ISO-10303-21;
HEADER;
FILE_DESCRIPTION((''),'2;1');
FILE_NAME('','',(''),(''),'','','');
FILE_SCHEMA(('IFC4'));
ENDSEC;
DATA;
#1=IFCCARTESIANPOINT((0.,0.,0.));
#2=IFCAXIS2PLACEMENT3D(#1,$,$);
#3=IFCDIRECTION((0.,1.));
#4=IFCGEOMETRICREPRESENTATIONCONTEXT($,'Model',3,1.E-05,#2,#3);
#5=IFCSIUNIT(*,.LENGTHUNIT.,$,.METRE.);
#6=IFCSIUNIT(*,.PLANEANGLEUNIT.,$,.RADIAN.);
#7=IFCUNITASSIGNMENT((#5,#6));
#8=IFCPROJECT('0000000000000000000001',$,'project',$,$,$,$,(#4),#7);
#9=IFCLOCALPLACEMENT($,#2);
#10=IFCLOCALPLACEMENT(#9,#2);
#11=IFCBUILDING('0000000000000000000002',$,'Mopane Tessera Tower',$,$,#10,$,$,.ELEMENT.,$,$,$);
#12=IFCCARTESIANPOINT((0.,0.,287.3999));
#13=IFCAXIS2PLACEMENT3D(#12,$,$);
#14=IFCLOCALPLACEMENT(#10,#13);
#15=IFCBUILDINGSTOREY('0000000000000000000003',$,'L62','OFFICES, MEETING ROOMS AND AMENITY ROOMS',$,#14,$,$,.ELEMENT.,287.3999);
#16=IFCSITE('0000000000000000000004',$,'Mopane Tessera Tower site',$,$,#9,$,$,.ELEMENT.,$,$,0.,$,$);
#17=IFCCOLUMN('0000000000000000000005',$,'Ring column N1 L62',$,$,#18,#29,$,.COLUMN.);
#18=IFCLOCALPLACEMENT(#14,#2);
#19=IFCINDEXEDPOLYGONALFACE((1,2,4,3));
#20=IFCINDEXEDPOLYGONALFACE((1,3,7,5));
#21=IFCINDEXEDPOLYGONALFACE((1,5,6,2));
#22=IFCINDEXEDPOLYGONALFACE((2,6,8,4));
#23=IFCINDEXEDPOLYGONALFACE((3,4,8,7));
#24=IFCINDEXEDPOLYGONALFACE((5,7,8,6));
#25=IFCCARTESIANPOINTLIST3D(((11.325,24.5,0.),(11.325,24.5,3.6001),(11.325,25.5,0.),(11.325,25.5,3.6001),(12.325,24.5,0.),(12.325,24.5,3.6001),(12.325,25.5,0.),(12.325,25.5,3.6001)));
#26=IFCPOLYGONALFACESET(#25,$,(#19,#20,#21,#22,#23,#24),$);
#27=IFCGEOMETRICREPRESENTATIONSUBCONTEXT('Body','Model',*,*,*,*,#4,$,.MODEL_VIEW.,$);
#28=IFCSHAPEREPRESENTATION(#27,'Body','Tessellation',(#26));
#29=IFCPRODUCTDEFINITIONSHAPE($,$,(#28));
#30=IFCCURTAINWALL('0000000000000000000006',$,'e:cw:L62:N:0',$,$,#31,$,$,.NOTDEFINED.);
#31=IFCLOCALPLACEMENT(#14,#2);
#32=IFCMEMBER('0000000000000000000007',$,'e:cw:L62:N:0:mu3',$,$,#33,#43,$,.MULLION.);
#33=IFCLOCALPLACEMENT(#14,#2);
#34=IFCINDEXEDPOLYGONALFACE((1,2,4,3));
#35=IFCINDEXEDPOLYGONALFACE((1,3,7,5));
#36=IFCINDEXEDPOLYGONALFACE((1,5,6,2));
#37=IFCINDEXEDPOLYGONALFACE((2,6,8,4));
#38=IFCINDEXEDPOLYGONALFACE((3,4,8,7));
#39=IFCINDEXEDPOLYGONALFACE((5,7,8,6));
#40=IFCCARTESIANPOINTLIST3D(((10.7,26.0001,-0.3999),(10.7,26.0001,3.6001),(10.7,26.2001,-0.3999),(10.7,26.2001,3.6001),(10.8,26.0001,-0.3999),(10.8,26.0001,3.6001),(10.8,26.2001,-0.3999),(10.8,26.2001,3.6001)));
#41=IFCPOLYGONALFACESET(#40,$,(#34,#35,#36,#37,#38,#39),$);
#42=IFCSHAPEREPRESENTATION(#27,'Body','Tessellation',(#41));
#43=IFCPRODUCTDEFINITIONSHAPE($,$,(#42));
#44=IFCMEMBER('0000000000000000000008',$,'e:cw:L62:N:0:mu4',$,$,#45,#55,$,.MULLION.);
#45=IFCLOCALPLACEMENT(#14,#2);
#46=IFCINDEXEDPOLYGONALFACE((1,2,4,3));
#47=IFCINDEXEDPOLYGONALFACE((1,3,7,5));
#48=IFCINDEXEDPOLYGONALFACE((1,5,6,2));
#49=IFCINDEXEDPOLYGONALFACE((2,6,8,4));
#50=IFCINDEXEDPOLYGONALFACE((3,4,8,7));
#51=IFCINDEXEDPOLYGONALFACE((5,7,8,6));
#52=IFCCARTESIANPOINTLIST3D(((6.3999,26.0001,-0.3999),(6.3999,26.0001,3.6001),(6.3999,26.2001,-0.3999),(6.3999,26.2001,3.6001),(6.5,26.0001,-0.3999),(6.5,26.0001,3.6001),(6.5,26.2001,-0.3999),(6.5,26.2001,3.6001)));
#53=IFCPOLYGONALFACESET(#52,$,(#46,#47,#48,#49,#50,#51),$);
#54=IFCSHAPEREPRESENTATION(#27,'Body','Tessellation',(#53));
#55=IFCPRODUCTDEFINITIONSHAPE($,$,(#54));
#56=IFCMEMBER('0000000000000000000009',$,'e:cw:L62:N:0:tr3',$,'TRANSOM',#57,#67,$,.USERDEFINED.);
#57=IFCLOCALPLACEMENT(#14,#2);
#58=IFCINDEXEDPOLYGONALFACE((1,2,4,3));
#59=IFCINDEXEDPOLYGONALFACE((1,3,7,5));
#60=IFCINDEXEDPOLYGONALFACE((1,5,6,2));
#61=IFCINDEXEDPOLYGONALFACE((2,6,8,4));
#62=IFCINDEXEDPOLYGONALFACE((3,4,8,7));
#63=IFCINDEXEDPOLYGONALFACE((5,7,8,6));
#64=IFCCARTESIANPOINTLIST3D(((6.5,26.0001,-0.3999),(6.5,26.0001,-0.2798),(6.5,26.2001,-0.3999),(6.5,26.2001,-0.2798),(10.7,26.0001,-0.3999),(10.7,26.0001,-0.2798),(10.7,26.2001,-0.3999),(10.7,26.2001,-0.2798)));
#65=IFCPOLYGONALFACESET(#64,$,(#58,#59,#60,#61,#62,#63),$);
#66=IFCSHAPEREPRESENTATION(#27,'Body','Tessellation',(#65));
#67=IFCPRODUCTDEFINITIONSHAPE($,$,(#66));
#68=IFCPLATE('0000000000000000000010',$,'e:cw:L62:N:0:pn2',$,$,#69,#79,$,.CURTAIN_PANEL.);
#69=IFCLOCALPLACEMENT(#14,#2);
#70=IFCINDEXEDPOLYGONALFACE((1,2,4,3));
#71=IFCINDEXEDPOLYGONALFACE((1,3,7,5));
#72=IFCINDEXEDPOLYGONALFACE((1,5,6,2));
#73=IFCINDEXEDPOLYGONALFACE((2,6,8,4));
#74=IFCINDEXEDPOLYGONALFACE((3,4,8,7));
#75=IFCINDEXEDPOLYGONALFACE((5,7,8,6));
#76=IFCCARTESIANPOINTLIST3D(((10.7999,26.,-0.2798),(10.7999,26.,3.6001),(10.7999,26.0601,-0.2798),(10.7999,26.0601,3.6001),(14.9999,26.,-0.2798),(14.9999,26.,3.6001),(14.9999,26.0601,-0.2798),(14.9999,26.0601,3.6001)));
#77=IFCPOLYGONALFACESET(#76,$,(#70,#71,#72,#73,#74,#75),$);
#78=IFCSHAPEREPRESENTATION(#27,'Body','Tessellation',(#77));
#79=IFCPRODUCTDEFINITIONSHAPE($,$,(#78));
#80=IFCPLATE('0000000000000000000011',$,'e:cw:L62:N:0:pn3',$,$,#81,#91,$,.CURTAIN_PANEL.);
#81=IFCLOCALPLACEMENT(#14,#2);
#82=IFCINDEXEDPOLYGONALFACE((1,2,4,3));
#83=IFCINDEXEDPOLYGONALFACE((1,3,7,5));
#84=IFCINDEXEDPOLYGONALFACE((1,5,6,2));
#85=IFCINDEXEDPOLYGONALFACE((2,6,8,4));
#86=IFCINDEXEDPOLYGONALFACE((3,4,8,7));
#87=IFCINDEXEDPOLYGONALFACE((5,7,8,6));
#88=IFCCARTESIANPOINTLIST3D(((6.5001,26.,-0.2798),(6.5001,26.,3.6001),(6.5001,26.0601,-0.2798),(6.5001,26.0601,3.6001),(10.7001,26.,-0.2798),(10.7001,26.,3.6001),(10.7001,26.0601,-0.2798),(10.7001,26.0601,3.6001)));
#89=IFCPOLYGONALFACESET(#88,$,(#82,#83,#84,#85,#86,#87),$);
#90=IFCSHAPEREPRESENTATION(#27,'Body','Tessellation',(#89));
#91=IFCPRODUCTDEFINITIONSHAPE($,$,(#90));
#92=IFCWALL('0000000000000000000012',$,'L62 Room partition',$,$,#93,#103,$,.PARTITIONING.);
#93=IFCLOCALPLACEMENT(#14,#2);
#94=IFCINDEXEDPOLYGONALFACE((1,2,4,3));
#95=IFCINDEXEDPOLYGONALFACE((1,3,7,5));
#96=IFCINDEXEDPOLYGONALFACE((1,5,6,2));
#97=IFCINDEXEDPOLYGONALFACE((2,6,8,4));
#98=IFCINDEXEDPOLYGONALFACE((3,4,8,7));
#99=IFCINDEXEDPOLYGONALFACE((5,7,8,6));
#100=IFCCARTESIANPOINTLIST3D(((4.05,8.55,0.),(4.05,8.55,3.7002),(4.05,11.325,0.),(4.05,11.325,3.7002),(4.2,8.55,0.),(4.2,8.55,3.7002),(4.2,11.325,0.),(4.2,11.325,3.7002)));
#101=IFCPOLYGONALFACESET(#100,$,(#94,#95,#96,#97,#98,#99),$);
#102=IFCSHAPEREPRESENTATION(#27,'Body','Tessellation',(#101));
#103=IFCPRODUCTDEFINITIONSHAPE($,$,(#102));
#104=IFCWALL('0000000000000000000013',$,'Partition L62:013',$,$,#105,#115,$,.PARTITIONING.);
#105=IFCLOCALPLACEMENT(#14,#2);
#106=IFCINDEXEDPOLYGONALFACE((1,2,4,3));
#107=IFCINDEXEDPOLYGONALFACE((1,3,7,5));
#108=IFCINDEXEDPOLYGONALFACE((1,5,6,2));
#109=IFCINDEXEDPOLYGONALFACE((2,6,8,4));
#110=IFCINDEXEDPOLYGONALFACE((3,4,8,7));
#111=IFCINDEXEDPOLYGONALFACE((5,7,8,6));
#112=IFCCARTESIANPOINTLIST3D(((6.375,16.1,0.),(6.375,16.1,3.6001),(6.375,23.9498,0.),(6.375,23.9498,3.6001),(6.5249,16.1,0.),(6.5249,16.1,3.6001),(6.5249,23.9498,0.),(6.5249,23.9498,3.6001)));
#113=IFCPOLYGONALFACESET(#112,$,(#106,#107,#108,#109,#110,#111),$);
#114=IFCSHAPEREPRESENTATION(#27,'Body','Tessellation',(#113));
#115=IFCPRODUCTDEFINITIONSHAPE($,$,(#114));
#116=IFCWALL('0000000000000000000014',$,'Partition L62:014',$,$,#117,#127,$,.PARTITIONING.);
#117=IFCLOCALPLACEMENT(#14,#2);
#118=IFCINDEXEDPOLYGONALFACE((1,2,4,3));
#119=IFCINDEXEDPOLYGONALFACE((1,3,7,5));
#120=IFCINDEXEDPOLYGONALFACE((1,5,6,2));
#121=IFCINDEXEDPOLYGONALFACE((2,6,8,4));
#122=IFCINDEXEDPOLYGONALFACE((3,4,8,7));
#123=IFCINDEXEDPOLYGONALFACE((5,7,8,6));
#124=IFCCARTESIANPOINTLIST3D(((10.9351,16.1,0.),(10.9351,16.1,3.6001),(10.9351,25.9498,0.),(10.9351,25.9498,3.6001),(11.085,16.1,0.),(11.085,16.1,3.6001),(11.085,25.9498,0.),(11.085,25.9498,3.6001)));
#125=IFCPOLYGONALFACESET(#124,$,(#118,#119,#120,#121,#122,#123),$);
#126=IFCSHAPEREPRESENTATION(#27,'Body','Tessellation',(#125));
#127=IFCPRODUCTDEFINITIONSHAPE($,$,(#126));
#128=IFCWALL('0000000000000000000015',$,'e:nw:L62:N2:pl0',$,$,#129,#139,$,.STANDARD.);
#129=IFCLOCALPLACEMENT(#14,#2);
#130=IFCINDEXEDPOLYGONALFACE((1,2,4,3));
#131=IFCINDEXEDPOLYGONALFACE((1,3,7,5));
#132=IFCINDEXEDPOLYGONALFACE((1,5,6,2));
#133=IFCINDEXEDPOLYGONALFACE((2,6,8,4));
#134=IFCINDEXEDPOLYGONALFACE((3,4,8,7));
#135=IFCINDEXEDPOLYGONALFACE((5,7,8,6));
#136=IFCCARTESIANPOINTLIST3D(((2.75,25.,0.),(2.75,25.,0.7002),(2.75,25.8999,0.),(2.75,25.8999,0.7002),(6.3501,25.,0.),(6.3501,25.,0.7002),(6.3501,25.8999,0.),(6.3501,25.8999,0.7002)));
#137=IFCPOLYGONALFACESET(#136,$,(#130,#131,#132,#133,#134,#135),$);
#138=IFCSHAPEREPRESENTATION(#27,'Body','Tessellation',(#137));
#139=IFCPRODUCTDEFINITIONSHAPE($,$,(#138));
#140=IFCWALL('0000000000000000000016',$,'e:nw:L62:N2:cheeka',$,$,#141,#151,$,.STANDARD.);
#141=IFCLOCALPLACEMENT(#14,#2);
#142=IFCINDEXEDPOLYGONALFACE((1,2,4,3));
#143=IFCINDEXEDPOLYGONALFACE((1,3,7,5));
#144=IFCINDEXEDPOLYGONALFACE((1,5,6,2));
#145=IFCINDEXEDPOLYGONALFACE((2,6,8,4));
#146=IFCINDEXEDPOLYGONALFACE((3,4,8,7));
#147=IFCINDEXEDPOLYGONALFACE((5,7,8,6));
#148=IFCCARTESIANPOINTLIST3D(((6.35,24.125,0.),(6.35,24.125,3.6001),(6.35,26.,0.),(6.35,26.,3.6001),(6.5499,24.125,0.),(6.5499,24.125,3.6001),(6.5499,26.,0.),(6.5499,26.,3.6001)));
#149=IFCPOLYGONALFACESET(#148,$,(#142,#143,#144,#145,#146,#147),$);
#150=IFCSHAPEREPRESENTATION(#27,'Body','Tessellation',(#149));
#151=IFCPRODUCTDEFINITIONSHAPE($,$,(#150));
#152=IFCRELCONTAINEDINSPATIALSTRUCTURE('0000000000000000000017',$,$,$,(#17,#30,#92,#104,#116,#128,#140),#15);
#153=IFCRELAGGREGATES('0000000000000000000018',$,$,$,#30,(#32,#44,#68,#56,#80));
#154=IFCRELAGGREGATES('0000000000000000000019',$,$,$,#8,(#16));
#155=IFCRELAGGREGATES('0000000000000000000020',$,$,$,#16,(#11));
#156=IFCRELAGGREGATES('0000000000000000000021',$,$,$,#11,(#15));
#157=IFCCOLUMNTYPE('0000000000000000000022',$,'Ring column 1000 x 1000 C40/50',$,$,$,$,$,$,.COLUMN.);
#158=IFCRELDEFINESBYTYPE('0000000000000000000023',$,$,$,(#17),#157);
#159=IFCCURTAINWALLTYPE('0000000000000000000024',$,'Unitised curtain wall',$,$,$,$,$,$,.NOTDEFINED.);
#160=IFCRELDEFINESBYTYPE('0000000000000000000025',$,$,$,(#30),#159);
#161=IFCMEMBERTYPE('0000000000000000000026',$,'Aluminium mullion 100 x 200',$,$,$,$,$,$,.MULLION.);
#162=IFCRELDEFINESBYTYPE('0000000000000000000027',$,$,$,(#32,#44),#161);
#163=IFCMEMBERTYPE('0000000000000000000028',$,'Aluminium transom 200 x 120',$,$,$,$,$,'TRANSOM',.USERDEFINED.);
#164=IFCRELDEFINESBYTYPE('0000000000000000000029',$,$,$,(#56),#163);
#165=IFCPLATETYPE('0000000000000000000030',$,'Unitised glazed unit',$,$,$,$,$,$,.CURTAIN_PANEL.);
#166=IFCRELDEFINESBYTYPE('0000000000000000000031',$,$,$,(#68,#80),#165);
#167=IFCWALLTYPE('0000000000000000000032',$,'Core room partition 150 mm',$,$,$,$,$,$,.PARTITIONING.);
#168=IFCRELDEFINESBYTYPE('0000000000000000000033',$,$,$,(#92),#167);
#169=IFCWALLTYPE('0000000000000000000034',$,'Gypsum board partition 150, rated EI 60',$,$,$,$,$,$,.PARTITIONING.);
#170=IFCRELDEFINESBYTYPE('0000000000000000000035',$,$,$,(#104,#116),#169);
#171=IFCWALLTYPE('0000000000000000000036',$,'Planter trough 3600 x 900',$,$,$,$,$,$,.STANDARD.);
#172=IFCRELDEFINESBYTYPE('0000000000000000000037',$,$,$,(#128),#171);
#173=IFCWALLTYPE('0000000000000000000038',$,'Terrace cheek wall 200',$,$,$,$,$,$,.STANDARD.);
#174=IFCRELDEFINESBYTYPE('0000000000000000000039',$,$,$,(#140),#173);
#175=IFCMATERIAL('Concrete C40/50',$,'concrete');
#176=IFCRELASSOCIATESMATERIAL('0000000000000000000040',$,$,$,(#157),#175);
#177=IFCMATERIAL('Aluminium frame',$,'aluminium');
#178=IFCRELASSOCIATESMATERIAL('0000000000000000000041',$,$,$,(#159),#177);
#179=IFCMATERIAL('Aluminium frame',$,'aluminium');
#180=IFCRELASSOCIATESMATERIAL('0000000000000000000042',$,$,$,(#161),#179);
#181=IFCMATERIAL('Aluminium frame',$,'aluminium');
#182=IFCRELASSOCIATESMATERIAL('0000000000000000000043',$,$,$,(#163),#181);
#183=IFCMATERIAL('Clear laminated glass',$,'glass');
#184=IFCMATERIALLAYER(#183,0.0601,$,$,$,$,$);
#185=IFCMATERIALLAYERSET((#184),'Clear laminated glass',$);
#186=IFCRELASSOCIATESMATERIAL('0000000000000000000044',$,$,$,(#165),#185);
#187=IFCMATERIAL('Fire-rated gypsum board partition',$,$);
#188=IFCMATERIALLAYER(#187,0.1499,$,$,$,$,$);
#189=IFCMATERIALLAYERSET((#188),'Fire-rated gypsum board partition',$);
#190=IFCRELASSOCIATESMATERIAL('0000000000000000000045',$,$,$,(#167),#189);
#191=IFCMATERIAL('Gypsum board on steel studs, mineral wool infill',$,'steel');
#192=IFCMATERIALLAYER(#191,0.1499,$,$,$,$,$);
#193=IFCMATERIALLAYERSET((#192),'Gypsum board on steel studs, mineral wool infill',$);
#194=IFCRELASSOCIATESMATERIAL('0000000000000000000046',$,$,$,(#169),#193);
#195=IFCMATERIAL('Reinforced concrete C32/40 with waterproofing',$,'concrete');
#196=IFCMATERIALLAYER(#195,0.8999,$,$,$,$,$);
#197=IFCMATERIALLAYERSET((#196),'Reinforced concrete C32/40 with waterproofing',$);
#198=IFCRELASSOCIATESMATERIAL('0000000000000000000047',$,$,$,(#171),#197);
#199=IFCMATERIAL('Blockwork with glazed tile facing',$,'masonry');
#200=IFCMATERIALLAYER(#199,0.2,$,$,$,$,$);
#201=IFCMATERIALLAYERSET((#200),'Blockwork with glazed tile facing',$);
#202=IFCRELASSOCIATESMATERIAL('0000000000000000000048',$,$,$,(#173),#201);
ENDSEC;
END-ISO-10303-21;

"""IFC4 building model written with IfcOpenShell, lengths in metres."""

from ifc_helpers import new_model, si_unit, direction, frame, frame_2d, origin, origin_2d, place, context, subcontext, project, spatial, rectangle, extrude, material, layer, layer_set, material_profile, profile_set, type_object, element, aggregate, save


model = new_model("IFC4")

# Units and contexts
model_context = context("Model", 3, precision=1e-05, world=origin(), true_north=direction((0.0, 1.0)))
body_context = subcontext(model_context, "Body", "Model", "MODEL_VIEW")
ifc_project = project(units=[si_unit("LENGTHUNIT", "METRE"), si_unit("PLANEANGLEUNIT", "RADIAN")], contexts=[model_context])

# Site, building, storey
site_placement = place(None, origin())
site = spatial("IfcSite", under=ifc_project, at=site_placement, Name="Mopane Tessera Tower site", CompositionType="ELEMENT", RefElevation=0.0)
building_placement = place(site_placement, origin())
building = spatial("IfcBuilding", under=site, at=building_placement, Name="Mopane Tessera Tower", CompositionType="ELEMENT")
storey_placement = place(building_placement, frame((0.0, 0.0, 287.3999)))
storey = spatial("IfcBuildingStorey", under=building, at=storey_placement, Name="L62", Description="OFFICES, MEETING ROOMS AND AMENITY ROOMS", CompositionType="ELEMENT", Elevation=287.3999)

# Column
ifc_material_1 = material(Name="Concrete C40/50", Category="concrete")
ifc_material_profile_1 = material_profile(ifc_material_1, rectangle(XDim=1.0, YDim=1.0, at=origin_2d()))
ifc_profile_set_1 = profile_set([ifc_material_profile_1], Name="Concrete C40/50")
column_type = type_object("IfcColumnType", Name="Ring column 1000 x 1000 C40/50", PredefinedType="COLUMN", material=ifc_profile_set_1)
column_placement = place(storey_placement, frame((11.825, 25.0, 0.0), z_axis=(0.0, 0.0, 1.0), x_axis=(1.0, 0.0, 0.0)))
element("IfcColumn", 1, at=column_placement, inside=storey, type_object=column_type, Name="Ring column N1 L62", PredefinedType="COLUMN", context=body_context, shape_type="SweptSolid", body=[
    extrude(rectangle(XDim=1.0, YDim=1.0, at=origin_2d()), origin(), (0.0, 0.0, 1.0), 3.6001),
])

# Curtain wall, members, plates
ifc_material_2 = material(Name="Aluminium frame", Category="aluminium")
curtain_wall_type = type_object("IfcCurtainWallType", Name="Unitised curtain wall", PredefinedType="NOTDEFINED", material=ifc_material_2)
curtain_wall_placement = place(storey_placement, origin())
curtain_wall = element("IfcCurtainWall", 2, at=curtain_wall_placement, inside=storey, type_object=curtain_wall_type, Name="e:cw:L62:N:0", PredefinedType="NOTDEFINED")
ifc_material_3 = material(Name="Aluminium frame", Category="aluminium")
ifc_material_profile_2 = material_profile(ifc_material_3, rectangle(XDim=0.1001, YDim=0.2, at=origin_2d()))
ifc_profile_set_2 = profile_set([ifc_material_profile_2], Name="Aluminium frame")
member_type_1 = type_object("IfcMemberType", Name="Aluminium mullion 100 x 200", PredefinedType="MULLION", material=ifc_profile_set_2)
member_1_placement = place(storey_placement, frame((10.75, 26.1001, -0.3999), z_axis=(0.0, 0.0, 1.0), x_axis=(-1.0, 0.0, 0.0)))
member_1 = element("IfcMember", 3, at=member_1_placement, type_object=member_type_1, Name="e:cw:L62:N:0:mu3", PredefinedType="MULLION", context=body_context, shape_type="SweptSolid", body=[
    extrude(rectangle(XDim=0.1001, YDim=0.2, at=origin_2d()), origin(), (0.0, 0.0, 1.0), 4.0),
])
member_2_placement = place(storey_placement, frame((6.45, 26.1001, -0.3999), z_axis=(0.0, 0.0, 1.0), x_axis=(-1.0, 0.0, 0.0)))
member_2 = element("IfcMember", 4, at=member_2_placement, type_object=member_type_1, Name="e:cw:L62:N:0:mu4", PredefinedType="MULLION", context=body_context, shape_type="SweptSolid", body=[
    extrude(rectangle(XDim=0.1001, YDim=0.2, at=origin_2d()), origin(), (0.0, 0.0, 1.0), 4.0),
])
ifc_material_4 = material(Name="Aluminium frame", Category="aluminium")
ifc_material_profile_3 = material_profile(ifc_material_4, rectangle(XDim=0.2, YDim=0.1201, at=origin_2d()))
ifc_profile_set_3 = profile_set([ifc_material_profile_3], Name="Aluminium frame")
member_type_2 = type_object("IfcMemberType", Name="Aluminium transom 200 x 120", ElementType="TRANSOM", PredefinedType="USERDEFINED", material=ifc_profile_set_3)
member_3_placement = place(storey_placement, frame((10.7, 26.1001, -0.3398), z_axis=(-1.0, 0.0, 0.0), x_axis=(0.0, -1.0, 0.0)))
member_3 = element("IfcMember", 5, at=member_3_placement, type_object=member_type_2, Name="e:cw:L62:N:0:tr3", ObjectType="TRANSOM", PredefinedType="USERDEFINED", context=body_context, shape_type="SweptSolid", body=[
    extrude(rectangle(XDim=0.2, YDim=0.1201, at=origin_2d()), origin(), (0.0, 0.0, 1.0), 4.2),
])
ifc_material_5 = material(Name="Clear laminated glass", Category="glass")
ifc_layer_1 = layer(ifc_material_5, 0.0601)
ifc_layer_set_1 = layer_set([ifc_layer_1], Name="Clear laminated glass")
plate_type = type_object("IfcPlateType", Name="Unitised glazed unit", PredefinedType="CURTAIN_PANEL", material=ifc_layer_set_1)
plate_1_placement = place(storey_placement, frame((12.8999, 26.03, -0.2798), z_axis=(0.0, 0.0, 1.0), x_axis=(-1.0, 0.0, 0.0)))
plate_1 = element("IfcPlate", 6, at=plate_1_placement, type_object=plate_type, Name="e:cw:L62:N:0:pn2", PredefinedType="CURTAIN_PANEL", context=body_context, shape_type="SweptSolid", body=[
    extrude(rectangle(XDim=4.2, YDim=0.0601, at=origin_2d()), origin(), (0.0, 0.0, 1.0), 3.8799),
])
plate_2_placement = place(storey_placement, frame((8.6001, 26.03, -0.2798), z_axis=(0.0, 0.0, 1.0), x_axis=(-1.0, 0.0, 0.0)))
plate_2 = element("IfcPlate", 7, at=plate_2_placement, type_object=plate_type, Name="e:cw:L62:N:0:pn3", PredefinedType="CURTAIN_PANEL", context=body_context, shape_type="SweptSolid", body=[
    extrude(rectangle(XDim=4.2, YDim=0.0601, at=origin_2d()), origin(), (0.0, 0.0, 1.0), 3.8799),
])
aggregate(curtain_wall, [member_1, member_2, plate_1, member_3, plate_2])

# Walls
ifc_material_6 = material(Name="Fire-rated gypsum board partition")
ifc_layer_2 = layer(ifc_material_6, 0.1499)
ifc_layer_set_2 = layer_set([ifc_layer_2], Name="Fire-rated gypsum board partition")
wall_type_1 = type_object("IfcWallType", Name="Core room partition 150 mm", PredefinedType="PARTITIONING", material=ifc_layer_set_2)
wall_1_placement = place(storey_placement, frame((4.125, 8.55, 0.0), z_axis=(0.0, 0.0, 1.0), x_axis=(0.0, 1.0, 0.0)))
element("IfcWall", 8, at=wall_1_placement, inside=storey, type_object=wall_type_1, Name="L62 Room partition", PredefinedType="PARTITIONING", context=body_context, shape_type="SweptSolid", body=[
    extrude(rectangle(XDim=2.7749, YDim=0.1499, at=frame_2d((1.3875, 0.0))), origin(), (0.0, 0.0, 1.0), 3.7002),
])
ifc_material_7 = material(Name="Gypsum board on steel studs, mineral wool infill", Category="steel")
ifc_layer_3 = layer(ifc_material_7, 0.1499)
ifc_layer_set_3 = layer_set([ifc_layer_3], Name="Gypsum board on steel studs, mineral wool infill")
wall_type_2 = type_object("IfcWallType", Name="Gypsum board partition 150, rated EI 60", PredefinedType="PARTITIONING", material=ifc_layer_set_3)
wall_2_placement = place(storey_placement, frame((6.45, 16.1001, 0.0), z_axis=(0.0, 0.0, 1.0), x_axis=(0.0, 1.0, 0.0)))
element("IfcWall", 9, at=wall_2_placement, inside=storey, type_object=wall_type_2, Name="Partition L62:013", PredefinedType="PARTITIONING", context=body_context, shape_type="SweptSolid", body=[
    extrude(rectangle(XDim=7.8499, YDim=0.1499, at=frame_2d((3.9248, 0.0))), origin(), (0.0, 0.0, 1.0), 3.6001),
])
wall_3_placement = place(storey_placement, frame((11.01, 16.1001, 0.0), z_axis=(0.0, 0.0, 1.0), x_axis=(0.0, 1.0, 0.0)))
element("IfcWall", 10, at=wall_3_placement, inside=storey, type_object=wall_type_2, Name="Partition L62:014", PredefinedType="PARTITIONING", context=body_context, shape_type="SweptSolid", body=[
    extrude(rectangle(XDim=9.8499, YDim=0.1499, at=frame_2d((4.9248, 0.0))), origin(), (0.0, 0.0, 1.0), 3.6001),
])
ifc_material_8 = material(Name="Reinforced concrete C32/40 with waterproofing", Category="concrete")
ifc_layer_4 = layer(ifc_material_8, 0.8999)
ifc_layer_set_4 = layer_set([ifc_layer_4], Name="Reinforced concrete C32/40 with waterproofing")
wall_type_3 = type_object("IfcWallType", Name="Planter trough 3600 x 900", PredefinedType="STANDARD", material=ifc_layer_set_4)
wall_4_placement = place(storey_placement, frame((6.3501, 25.45, 0.0), z_axis=(0.0, 0.0, 1.0), x_axis=(-1.0, 0.0, 0.0)))
element("IfcWall", 11, at=wall_4_placement, inside=storey, type_object=wall_type_3, Name="e:nw:L62:N2:pl0", PredefinedType="STANDARD", context=body_context, shape_type="SweptSolid", body=[
    extrude(rectangle(XDim=3.6001, YDim=0.8999, at=frame_2d((1.8, 0.0))), origin(), (0.0, 0.0, 1.0), 0.7002),
])
ifc_material_9 = material(Name="Blockwork with glazed tile facing", Category="masonry")
ifc_layer_5 = layer(ifc_material_9, 0.2)
ifc_layer_set_5 = layer_set([ifc_layer_5], Name="Blockwork with glazed tile facing")
wall_type_4 = type_object("IfcWallType", Name="Terrace cheek wall 200", PredefinedType="STANDARD", material=ifc_layer_set_5)
wall_5_placement = place(storey_placement, frame((6.45, 26.0, 0.0), z_axis=(0.0, 0.0, 1.0), x_axis=(0.0, -1.0, 0.0)))
element("IfcWall", 12, at=wall_5_placement, inside=storey, type_object=wall_type_4, Name="e:nw:L62:N2:cheeka", PredefinedType="STANDARD", context=body_context, shape_type="SweptSolid", body=[
    extrude(rectangle(XDim=1.875, YDim=0.2, at=frame_2d((0.9375, 0.0))), origin(), (0.0, 0.0, 1.0), 3.6001),
])

save(model, "model.ifc")
